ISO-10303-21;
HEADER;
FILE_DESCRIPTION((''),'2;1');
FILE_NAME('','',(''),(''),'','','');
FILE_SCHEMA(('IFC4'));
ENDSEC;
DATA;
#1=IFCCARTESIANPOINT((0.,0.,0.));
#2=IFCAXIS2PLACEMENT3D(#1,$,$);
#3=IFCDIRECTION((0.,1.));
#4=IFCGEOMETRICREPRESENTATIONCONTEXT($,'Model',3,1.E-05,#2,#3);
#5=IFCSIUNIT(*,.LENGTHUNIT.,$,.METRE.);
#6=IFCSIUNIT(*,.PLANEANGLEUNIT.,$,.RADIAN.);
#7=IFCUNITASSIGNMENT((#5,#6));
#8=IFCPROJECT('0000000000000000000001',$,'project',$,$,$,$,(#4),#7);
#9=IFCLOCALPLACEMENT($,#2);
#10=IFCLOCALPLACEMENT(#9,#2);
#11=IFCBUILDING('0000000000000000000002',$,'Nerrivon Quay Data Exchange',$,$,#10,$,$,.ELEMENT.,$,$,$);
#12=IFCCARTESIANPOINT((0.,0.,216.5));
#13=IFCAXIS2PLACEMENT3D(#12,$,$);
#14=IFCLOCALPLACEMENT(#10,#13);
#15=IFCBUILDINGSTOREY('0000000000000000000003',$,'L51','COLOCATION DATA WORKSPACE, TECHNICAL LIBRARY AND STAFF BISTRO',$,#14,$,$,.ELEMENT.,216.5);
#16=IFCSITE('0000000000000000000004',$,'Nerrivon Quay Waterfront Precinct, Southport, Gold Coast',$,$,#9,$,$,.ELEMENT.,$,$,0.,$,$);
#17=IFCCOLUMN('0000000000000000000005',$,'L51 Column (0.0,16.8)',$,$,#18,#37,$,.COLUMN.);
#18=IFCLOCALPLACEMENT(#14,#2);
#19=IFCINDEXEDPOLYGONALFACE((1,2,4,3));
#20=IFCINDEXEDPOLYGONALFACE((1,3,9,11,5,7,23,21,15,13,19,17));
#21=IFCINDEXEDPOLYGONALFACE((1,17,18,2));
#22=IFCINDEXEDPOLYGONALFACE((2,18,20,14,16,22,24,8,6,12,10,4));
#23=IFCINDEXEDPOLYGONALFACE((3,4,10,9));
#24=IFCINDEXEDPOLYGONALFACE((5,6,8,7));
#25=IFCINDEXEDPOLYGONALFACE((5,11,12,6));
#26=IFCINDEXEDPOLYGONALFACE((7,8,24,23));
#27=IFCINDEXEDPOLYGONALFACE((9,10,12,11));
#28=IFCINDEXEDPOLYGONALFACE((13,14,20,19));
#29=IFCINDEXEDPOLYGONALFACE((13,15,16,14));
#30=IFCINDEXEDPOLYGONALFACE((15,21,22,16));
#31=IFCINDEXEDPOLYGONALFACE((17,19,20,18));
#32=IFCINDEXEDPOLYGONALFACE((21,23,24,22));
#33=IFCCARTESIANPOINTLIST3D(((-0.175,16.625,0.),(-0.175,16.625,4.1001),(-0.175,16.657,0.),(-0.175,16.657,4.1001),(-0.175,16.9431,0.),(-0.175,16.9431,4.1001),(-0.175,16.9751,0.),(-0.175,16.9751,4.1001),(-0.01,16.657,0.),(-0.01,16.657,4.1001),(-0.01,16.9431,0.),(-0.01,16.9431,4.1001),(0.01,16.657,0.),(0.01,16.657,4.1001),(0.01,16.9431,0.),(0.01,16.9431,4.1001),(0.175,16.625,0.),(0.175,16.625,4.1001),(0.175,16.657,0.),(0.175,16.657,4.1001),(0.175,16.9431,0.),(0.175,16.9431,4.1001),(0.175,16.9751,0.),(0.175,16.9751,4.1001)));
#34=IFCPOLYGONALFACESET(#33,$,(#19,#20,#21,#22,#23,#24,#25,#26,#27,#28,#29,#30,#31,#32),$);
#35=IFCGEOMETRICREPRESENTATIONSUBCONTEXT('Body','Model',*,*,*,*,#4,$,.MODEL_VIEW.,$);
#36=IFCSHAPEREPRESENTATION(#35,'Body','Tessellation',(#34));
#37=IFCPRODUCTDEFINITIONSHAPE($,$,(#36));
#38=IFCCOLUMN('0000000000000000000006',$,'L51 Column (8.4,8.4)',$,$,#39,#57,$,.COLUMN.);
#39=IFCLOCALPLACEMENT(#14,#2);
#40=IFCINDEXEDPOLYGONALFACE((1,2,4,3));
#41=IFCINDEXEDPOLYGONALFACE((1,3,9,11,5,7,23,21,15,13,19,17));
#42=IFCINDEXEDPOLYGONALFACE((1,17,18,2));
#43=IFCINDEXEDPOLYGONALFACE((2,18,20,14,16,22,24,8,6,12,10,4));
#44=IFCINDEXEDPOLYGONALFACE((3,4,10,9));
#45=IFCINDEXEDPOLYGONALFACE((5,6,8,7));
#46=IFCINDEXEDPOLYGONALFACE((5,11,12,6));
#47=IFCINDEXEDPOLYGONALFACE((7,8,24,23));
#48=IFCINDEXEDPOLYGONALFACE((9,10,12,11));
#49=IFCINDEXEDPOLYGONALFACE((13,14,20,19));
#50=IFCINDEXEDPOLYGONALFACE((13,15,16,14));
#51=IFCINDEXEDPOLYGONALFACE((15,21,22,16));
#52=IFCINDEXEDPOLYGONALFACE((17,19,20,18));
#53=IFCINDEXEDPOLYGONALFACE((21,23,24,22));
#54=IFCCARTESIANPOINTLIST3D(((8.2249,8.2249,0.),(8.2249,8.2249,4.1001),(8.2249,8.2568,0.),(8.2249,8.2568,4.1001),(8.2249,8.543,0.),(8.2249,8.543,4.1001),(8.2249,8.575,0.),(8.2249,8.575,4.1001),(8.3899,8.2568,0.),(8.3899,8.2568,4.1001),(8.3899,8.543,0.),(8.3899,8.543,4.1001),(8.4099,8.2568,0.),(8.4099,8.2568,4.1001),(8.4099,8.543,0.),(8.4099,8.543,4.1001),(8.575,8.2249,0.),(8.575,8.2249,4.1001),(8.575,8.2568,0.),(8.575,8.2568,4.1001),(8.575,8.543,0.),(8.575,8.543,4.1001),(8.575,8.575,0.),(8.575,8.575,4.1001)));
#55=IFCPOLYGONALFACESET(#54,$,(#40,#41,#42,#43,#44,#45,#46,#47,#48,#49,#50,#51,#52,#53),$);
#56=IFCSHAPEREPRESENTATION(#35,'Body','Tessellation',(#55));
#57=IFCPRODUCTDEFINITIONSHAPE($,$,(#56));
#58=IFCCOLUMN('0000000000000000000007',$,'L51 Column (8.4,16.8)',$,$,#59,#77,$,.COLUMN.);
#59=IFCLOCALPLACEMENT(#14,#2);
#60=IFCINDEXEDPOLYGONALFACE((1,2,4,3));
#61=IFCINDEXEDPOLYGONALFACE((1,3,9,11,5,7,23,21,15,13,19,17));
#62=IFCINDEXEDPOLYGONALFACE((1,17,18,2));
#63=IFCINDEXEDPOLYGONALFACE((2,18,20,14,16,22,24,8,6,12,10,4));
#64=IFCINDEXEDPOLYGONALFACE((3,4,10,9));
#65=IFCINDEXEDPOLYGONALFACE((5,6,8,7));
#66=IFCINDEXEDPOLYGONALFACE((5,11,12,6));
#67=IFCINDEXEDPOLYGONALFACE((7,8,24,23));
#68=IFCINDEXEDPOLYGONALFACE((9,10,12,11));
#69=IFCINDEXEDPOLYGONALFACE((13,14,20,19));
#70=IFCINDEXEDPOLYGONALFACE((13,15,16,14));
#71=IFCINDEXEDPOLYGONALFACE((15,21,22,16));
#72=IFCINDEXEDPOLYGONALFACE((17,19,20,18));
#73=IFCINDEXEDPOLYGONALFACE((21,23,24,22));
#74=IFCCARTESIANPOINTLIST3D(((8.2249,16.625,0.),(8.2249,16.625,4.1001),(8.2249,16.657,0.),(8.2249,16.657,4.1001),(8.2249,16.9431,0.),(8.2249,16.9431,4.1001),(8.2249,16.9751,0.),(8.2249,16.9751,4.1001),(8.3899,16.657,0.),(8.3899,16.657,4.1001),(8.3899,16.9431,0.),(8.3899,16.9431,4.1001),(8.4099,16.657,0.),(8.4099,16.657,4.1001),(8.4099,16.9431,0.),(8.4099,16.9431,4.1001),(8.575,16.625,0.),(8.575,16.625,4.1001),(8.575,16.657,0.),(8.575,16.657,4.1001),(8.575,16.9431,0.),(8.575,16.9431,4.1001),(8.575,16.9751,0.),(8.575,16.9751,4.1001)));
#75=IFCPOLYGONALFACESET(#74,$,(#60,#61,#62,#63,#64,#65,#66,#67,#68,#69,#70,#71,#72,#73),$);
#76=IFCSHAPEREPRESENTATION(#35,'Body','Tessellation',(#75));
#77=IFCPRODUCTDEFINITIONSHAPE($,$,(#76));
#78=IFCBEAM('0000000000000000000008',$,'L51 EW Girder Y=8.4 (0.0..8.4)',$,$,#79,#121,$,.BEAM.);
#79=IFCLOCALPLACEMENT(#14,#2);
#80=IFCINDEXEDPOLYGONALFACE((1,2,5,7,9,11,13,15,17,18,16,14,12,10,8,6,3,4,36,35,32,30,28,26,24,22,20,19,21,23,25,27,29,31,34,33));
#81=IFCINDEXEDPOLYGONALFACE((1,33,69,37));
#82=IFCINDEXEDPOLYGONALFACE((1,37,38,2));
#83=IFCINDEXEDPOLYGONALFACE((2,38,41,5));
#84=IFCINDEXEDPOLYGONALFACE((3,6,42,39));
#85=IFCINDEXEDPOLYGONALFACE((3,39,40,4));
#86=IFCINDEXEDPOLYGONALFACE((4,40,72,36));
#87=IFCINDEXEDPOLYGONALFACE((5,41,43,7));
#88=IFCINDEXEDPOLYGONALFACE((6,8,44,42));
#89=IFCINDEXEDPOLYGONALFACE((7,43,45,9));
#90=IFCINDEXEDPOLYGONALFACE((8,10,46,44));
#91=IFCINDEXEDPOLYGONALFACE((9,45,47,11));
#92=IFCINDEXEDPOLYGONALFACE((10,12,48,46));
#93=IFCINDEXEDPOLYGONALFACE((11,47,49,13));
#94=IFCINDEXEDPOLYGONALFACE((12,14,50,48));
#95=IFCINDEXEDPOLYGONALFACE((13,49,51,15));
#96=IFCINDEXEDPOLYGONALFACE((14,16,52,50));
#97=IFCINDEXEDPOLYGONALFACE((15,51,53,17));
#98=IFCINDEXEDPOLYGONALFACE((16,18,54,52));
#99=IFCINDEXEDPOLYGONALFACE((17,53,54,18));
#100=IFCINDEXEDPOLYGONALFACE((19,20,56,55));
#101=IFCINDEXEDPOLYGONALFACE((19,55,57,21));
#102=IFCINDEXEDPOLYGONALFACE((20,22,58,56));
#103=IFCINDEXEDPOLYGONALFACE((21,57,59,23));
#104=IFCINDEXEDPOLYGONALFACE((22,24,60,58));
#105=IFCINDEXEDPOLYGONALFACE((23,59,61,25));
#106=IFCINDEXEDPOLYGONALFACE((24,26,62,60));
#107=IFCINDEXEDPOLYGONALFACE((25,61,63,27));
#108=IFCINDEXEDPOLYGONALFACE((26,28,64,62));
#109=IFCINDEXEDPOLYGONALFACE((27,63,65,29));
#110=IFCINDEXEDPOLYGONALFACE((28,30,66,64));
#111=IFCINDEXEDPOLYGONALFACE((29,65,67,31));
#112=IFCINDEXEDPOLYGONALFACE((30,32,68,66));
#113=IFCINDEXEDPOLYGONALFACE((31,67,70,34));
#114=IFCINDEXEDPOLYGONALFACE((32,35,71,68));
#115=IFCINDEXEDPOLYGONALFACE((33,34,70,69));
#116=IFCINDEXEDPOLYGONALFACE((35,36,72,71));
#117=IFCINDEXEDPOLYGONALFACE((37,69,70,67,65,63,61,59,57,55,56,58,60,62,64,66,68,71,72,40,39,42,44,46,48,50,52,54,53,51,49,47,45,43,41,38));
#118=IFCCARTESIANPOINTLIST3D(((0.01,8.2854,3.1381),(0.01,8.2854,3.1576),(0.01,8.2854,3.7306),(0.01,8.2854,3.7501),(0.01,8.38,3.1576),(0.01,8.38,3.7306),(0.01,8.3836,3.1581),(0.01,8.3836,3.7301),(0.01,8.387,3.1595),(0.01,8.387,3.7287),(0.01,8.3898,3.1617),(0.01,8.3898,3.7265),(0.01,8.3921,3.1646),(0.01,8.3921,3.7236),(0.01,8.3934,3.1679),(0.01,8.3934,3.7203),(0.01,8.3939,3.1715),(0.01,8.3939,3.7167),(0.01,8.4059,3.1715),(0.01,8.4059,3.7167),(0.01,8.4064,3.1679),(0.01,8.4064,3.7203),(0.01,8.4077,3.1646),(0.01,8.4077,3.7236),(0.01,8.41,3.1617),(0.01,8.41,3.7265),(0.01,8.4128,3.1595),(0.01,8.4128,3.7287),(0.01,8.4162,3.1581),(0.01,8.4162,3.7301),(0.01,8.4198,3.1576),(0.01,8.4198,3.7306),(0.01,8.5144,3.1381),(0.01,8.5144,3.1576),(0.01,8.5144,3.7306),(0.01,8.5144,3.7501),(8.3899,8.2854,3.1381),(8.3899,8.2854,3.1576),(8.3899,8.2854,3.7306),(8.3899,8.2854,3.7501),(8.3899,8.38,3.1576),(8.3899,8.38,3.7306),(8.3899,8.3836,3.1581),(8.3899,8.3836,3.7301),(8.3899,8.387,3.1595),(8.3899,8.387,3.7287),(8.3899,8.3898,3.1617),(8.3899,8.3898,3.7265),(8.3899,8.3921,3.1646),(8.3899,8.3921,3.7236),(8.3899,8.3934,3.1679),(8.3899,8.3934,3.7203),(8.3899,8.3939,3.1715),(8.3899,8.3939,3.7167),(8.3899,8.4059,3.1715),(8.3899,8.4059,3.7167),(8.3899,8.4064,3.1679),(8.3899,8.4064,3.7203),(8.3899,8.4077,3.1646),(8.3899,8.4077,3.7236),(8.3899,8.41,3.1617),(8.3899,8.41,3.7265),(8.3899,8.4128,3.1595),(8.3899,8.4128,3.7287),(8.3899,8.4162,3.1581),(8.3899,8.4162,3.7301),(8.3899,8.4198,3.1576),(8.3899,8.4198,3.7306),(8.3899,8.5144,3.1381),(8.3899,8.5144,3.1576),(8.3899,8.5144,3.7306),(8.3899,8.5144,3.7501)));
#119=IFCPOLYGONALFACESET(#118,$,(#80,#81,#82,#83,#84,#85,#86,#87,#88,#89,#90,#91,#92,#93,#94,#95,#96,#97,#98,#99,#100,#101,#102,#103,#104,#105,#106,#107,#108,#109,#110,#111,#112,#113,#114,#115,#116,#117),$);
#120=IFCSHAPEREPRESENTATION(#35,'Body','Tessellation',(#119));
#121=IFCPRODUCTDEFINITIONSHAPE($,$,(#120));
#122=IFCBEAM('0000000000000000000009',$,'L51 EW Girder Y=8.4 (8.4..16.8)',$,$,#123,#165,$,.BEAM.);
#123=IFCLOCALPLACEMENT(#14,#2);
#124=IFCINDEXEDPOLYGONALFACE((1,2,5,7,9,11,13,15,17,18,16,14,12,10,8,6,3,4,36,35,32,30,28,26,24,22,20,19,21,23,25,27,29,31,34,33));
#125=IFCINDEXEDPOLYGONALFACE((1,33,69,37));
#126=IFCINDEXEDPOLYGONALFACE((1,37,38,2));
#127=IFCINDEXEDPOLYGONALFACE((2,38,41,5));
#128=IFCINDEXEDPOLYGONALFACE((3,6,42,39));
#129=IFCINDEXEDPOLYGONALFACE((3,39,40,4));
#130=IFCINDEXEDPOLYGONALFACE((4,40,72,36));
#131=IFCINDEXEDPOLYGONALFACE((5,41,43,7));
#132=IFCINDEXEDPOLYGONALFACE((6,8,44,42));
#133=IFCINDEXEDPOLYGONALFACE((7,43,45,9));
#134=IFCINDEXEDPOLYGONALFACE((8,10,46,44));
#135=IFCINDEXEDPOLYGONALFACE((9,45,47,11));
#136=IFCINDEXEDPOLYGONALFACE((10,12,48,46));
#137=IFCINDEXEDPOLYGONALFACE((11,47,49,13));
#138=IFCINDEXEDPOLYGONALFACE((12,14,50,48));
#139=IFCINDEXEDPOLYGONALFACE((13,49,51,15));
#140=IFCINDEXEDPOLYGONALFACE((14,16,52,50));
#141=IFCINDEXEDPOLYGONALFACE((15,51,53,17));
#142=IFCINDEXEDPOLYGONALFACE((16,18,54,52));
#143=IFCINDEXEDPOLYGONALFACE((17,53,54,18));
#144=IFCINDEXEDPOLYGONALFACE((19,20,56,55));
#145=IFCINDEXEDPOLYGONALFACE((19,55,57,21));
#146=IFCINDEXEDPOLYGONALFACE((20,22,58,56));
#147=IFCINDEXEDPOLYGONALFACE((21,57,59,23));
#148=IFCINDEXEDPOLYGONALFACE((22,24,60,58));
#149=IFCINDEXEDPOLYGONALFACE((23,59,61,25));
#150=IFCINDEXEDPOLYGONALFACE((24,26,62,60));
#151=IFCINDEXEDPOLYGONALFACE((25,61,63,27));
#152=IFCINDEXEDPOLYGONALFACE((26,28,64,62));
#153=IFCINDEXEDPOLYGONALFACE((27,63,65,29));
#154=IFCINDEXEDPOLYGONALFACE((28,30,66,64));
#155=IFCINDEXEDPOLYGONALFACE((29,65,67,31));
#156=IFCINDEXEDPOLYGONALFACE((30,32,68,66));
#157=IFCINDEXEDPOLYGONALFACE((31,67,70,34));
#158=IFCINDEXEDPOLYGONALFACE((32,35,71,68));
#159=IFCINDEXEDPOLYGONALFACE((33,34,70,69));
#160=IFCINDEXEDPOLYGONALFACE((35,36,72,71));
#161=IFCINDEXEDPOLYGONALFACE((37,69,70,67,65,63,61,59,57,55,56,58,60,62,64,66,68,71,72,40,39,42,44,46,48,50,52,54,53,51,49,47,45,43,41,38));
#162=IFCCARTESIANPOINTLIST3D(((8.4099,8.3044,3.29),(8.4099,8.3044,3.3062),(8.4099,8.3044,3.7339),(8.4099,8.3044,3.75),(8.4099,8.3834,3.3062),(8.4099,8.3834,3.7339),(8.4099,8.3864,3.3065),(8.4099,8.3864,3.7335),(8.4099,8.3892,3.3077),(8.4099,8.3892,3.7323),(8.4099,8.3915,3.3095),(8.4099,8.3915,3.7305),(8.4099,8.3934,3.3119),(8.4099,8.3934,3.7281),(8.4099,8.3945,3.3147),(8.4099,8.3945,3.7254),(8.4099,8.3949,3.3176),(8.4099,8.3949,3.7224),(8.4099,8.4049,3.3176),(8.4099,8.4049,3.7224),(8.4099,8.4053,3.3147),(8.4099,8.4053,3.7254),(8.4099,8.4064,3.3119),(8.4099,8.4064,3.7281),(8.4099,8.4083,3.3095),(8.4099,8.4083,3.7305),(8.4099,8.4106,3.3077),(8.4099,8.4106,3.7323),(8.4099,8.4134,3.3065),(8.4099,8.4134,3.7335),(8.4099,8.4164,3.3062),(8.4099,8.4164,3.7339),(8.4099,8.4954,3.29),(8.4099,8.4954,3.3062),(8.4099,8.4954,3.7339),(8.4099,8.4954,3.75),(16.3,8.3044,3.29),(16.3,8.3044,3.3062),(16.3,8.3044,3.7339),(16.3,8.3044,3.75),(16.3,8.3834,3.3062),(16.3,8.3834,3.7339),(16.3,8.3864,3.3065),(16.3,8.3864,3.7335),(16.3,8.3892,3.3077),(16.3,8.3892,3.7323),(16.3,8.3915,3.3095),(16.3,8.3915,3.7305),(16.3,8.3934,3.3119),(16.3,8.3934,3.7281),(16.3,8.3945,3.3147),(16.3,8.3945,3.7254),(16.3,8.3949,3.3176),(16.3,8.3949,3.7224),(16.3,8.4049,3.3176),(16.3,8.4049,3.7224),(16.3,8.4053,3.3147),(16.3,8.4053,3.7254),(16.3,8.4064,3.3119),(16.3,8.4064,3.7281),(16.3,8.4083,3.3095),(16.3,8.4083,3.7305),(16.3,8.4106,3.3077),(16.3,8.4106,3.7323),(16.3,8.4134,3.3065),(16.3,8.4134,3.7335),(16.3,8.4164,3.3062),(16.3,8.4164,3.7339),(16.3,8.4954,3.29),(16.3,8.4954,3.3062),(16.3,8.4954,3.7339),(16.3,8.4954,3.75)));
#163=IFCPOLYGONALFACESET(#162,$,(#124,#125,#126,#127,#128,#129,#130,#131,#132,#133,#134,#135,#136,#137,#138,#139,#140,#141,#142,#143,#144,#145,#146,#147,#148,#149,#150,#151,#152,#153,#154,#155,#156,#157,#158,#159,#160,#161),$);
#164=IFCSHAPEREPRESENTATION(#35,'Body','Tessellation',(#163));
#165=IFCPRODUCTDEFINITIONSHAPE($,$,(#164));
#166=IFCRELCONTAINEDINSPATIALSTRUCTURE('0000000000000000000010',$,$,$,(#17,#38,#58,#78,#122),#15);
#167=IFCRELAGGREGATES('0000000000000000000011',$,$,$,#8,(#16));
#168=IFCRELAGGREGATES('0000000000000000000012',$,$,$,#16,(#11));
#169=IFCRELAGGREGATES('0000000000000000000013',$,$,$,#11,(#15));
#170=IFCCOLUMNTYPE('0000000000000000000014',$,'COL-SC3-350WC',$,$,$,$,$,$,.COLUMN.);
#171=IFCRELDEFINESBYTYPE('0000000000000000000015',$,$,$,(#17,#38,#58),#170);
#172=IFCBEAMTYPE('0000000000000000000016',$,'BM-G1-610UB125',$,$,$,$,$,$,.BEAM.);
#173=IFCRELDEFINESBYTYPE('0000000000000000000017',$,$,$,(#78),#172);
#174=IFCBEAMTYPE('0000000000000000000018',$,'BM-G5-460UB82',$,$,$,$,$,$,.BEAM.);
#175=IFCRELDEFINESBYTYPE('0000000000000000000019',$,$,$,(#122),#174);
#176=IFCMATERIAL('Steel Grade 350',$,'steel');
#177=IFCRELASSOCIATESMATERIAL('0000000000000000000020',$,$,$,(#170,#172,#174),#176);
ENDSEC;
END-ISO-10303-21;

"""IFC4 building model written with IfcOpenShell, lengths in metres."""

from ifc_helpers import new_model, si_unit, direction, frame, origin, origin_2d, place, context, subcontext, project, spatial, i_section, extrude, material, material_profile, profile_set, type_object, element, save


model = new_model("IFC4")

# Units and contexts
model_context = context("Model", 3, precision=1e-05, world=origin(), true_north=direction((0.0, 1.0)))
body_context = subcontext(model_context, "Body", "Model", "MODEL_VIEW")
ifc_project = project(units=[si_unit("LENGTHUNIT", "METRE"), si_unit("PLANEANGLEUNIT", "RADIAN")], contexts=[model_context])

# Site, building, storey
site_placement = place(None, origin())
site = spatial("IfcSite", under=ifc_project, at=site_placement, Name="Nerrivon Quay Waterfront Precinct, Southport, Gold Coast", CompositionType="ELEMENT", RefElevation=0.0)
building_placement = place(site_placement, origin())
building = spatial("IfcBuilding", under=site, at=building_placement, Name="Nerrivon Quay Data Exchange", CompositionType="ELEMENT")
storey_placement = place(building_placement, frame((0.0, 0.0, 216.5)))
storey = spatial("IfcBuildingStorey", under=building, at=storey_placement, Name="L51", Description="COLOCATION DATA WORKSPACE, TECHNICAL LIBRARY AND STAFF BISTRO", CompositionType="ELEMENT", Elevation=216.5)

# Columns
ifc_material_1 = material(Name="Steel Grade 350", Category="steel")
ifc_material_profile_1 = material_profile(ifc_material_1, i_section(OverallWidth=0.3501, OverallDepth=0.3501, WebThickness=0.02, FlangeThickness=0.032, at=origin_2d()), Name="350WC230")
ifc_profile_set_1 = profile_set([ifc_material_profile_1], Name="Steel Grade 350")
column_type = type_object("IfcColumnType", Name="COL-SC3-350WC", PredefinedType="COLUMN", material=ifc_profile_set_1)
for number, where, z_axis, x_axis, name in (
    (1, (0.0, 16.8, 0.0), (0.0, 0.0, 1.0), (1.0, 0.0, 0.0), "L51 Column (0.0,16.8)"),
    (2, (8.3999, 8.3999, 0.0), (0.0, 0.0, 1.0), (1.0, 0.0, 0.0), "L51 Column (8.4,8.4)"),
    (3, (8.3999, 16.8, 0.0), (0.0, 0.0, 1.0), (1.0, 0.0, 0.0), "L51 Column (8.4,16.8)"),
):
    element("IfcColumn", number, at=place(storey_placement, frame(where, z_axis=z_axis, x_axis=x_axis)), inside=storey, type_object=column_type, Name=name, PredefinedType="COLUMN", context=body_context, shape_type="SweptSolid", body=[
        extrude(i_section(OverallWidth=0.3501, OverallDepth=0.3501, WebThickness=0.02, FlangeThickness=0.032, at=origin_2d()), origin(), (0.0, 0.0, 1.0), 4.1001),
    ])

# Beams
ifc_material_profile_2 = material_profile(ifc_material_1, i_section(OverallWidth=0.229, OverallDepth=0.6121, WebThickness=0.012, FlangeThickness=0.0195, FilletRadius=0.0139, at=origin_2d()), Name="610UB125")
ifc_profile_set_2 = profile_set([ifc_material_profile_2], Name="Steel Grade 350")
beam_type_1 = type_object("IfcBeamType", Name="BM-G1-610UB125", PredefinedType="BEAM", material=ifc_profile_set_2)
beam_1_placement = place(storey_placement, frame((0.01, 8.3999, 3.4441), z_axis=(1.0, 0.0, 0.0), x_axis=(0.0, 1.0, 0.0)))
element("IfcBeam", 4, at=beam_1_placement, inside=storey, type_object=beam_type_1, Name="L51 EW Girder Y=8.4 (0.0..8.4)", PredefinedType="BEAM", context=body_context, shape_type="SweptSolid", body=[
    extrude(i_section(OverallWidth=0.229, OverallDepth=0.6121, WebThickness=0.012, FlangeThickness=0.0195, FilletRadius=0.0139, at=origin_2d()), origin(), (0.0, 0.0, 1.0), 8.3799),
])
ifc_material_profile_3 = material_profile(ifc_material_1, i_section(OverallWidth=0.1909, OverallDepth=0.46, WebThickness=0.01, FlangeThickness=0.0161, FilletRadius=0.0115, at=origin_2d()), Name="460UB82.1")
ifc_profile_set_3 = profile_set([ifc_material_profile_3], Name="Steel Grade 350")
beam_type_2 = type_object("IfcBeamType", Name="BM-G5-460UB82", PredefinedType="BEAM", material=ifc_profile_set_3)
beam_2_placement = place(storey_placement, frame((8.4099, 8.3999, 3.52), z_axis=(1.0, 0.0, 0.0), x_axis=(0.0, 1.0, 0.0)))
element("IfcBeam", 5, at=beam_2_placement, inside=storey, type_object=beam_type_2, Name="L51 EW Girder Y=8.4 (8.4..16.8)", PredefinedType="BEAM", context=body_context, shape_type="SweptSolid", body=[
    extrude(i_section(OverallWidth=0.1909, OverallDepth=0.46, WebThickness=0.01, FlangeThickness=0.0161, FilletRadius=0.0115, at=origin_2d()), origin(), (0.0, 0.0, 1.0), 7.8901),
])

save(model, "model.ifc")
